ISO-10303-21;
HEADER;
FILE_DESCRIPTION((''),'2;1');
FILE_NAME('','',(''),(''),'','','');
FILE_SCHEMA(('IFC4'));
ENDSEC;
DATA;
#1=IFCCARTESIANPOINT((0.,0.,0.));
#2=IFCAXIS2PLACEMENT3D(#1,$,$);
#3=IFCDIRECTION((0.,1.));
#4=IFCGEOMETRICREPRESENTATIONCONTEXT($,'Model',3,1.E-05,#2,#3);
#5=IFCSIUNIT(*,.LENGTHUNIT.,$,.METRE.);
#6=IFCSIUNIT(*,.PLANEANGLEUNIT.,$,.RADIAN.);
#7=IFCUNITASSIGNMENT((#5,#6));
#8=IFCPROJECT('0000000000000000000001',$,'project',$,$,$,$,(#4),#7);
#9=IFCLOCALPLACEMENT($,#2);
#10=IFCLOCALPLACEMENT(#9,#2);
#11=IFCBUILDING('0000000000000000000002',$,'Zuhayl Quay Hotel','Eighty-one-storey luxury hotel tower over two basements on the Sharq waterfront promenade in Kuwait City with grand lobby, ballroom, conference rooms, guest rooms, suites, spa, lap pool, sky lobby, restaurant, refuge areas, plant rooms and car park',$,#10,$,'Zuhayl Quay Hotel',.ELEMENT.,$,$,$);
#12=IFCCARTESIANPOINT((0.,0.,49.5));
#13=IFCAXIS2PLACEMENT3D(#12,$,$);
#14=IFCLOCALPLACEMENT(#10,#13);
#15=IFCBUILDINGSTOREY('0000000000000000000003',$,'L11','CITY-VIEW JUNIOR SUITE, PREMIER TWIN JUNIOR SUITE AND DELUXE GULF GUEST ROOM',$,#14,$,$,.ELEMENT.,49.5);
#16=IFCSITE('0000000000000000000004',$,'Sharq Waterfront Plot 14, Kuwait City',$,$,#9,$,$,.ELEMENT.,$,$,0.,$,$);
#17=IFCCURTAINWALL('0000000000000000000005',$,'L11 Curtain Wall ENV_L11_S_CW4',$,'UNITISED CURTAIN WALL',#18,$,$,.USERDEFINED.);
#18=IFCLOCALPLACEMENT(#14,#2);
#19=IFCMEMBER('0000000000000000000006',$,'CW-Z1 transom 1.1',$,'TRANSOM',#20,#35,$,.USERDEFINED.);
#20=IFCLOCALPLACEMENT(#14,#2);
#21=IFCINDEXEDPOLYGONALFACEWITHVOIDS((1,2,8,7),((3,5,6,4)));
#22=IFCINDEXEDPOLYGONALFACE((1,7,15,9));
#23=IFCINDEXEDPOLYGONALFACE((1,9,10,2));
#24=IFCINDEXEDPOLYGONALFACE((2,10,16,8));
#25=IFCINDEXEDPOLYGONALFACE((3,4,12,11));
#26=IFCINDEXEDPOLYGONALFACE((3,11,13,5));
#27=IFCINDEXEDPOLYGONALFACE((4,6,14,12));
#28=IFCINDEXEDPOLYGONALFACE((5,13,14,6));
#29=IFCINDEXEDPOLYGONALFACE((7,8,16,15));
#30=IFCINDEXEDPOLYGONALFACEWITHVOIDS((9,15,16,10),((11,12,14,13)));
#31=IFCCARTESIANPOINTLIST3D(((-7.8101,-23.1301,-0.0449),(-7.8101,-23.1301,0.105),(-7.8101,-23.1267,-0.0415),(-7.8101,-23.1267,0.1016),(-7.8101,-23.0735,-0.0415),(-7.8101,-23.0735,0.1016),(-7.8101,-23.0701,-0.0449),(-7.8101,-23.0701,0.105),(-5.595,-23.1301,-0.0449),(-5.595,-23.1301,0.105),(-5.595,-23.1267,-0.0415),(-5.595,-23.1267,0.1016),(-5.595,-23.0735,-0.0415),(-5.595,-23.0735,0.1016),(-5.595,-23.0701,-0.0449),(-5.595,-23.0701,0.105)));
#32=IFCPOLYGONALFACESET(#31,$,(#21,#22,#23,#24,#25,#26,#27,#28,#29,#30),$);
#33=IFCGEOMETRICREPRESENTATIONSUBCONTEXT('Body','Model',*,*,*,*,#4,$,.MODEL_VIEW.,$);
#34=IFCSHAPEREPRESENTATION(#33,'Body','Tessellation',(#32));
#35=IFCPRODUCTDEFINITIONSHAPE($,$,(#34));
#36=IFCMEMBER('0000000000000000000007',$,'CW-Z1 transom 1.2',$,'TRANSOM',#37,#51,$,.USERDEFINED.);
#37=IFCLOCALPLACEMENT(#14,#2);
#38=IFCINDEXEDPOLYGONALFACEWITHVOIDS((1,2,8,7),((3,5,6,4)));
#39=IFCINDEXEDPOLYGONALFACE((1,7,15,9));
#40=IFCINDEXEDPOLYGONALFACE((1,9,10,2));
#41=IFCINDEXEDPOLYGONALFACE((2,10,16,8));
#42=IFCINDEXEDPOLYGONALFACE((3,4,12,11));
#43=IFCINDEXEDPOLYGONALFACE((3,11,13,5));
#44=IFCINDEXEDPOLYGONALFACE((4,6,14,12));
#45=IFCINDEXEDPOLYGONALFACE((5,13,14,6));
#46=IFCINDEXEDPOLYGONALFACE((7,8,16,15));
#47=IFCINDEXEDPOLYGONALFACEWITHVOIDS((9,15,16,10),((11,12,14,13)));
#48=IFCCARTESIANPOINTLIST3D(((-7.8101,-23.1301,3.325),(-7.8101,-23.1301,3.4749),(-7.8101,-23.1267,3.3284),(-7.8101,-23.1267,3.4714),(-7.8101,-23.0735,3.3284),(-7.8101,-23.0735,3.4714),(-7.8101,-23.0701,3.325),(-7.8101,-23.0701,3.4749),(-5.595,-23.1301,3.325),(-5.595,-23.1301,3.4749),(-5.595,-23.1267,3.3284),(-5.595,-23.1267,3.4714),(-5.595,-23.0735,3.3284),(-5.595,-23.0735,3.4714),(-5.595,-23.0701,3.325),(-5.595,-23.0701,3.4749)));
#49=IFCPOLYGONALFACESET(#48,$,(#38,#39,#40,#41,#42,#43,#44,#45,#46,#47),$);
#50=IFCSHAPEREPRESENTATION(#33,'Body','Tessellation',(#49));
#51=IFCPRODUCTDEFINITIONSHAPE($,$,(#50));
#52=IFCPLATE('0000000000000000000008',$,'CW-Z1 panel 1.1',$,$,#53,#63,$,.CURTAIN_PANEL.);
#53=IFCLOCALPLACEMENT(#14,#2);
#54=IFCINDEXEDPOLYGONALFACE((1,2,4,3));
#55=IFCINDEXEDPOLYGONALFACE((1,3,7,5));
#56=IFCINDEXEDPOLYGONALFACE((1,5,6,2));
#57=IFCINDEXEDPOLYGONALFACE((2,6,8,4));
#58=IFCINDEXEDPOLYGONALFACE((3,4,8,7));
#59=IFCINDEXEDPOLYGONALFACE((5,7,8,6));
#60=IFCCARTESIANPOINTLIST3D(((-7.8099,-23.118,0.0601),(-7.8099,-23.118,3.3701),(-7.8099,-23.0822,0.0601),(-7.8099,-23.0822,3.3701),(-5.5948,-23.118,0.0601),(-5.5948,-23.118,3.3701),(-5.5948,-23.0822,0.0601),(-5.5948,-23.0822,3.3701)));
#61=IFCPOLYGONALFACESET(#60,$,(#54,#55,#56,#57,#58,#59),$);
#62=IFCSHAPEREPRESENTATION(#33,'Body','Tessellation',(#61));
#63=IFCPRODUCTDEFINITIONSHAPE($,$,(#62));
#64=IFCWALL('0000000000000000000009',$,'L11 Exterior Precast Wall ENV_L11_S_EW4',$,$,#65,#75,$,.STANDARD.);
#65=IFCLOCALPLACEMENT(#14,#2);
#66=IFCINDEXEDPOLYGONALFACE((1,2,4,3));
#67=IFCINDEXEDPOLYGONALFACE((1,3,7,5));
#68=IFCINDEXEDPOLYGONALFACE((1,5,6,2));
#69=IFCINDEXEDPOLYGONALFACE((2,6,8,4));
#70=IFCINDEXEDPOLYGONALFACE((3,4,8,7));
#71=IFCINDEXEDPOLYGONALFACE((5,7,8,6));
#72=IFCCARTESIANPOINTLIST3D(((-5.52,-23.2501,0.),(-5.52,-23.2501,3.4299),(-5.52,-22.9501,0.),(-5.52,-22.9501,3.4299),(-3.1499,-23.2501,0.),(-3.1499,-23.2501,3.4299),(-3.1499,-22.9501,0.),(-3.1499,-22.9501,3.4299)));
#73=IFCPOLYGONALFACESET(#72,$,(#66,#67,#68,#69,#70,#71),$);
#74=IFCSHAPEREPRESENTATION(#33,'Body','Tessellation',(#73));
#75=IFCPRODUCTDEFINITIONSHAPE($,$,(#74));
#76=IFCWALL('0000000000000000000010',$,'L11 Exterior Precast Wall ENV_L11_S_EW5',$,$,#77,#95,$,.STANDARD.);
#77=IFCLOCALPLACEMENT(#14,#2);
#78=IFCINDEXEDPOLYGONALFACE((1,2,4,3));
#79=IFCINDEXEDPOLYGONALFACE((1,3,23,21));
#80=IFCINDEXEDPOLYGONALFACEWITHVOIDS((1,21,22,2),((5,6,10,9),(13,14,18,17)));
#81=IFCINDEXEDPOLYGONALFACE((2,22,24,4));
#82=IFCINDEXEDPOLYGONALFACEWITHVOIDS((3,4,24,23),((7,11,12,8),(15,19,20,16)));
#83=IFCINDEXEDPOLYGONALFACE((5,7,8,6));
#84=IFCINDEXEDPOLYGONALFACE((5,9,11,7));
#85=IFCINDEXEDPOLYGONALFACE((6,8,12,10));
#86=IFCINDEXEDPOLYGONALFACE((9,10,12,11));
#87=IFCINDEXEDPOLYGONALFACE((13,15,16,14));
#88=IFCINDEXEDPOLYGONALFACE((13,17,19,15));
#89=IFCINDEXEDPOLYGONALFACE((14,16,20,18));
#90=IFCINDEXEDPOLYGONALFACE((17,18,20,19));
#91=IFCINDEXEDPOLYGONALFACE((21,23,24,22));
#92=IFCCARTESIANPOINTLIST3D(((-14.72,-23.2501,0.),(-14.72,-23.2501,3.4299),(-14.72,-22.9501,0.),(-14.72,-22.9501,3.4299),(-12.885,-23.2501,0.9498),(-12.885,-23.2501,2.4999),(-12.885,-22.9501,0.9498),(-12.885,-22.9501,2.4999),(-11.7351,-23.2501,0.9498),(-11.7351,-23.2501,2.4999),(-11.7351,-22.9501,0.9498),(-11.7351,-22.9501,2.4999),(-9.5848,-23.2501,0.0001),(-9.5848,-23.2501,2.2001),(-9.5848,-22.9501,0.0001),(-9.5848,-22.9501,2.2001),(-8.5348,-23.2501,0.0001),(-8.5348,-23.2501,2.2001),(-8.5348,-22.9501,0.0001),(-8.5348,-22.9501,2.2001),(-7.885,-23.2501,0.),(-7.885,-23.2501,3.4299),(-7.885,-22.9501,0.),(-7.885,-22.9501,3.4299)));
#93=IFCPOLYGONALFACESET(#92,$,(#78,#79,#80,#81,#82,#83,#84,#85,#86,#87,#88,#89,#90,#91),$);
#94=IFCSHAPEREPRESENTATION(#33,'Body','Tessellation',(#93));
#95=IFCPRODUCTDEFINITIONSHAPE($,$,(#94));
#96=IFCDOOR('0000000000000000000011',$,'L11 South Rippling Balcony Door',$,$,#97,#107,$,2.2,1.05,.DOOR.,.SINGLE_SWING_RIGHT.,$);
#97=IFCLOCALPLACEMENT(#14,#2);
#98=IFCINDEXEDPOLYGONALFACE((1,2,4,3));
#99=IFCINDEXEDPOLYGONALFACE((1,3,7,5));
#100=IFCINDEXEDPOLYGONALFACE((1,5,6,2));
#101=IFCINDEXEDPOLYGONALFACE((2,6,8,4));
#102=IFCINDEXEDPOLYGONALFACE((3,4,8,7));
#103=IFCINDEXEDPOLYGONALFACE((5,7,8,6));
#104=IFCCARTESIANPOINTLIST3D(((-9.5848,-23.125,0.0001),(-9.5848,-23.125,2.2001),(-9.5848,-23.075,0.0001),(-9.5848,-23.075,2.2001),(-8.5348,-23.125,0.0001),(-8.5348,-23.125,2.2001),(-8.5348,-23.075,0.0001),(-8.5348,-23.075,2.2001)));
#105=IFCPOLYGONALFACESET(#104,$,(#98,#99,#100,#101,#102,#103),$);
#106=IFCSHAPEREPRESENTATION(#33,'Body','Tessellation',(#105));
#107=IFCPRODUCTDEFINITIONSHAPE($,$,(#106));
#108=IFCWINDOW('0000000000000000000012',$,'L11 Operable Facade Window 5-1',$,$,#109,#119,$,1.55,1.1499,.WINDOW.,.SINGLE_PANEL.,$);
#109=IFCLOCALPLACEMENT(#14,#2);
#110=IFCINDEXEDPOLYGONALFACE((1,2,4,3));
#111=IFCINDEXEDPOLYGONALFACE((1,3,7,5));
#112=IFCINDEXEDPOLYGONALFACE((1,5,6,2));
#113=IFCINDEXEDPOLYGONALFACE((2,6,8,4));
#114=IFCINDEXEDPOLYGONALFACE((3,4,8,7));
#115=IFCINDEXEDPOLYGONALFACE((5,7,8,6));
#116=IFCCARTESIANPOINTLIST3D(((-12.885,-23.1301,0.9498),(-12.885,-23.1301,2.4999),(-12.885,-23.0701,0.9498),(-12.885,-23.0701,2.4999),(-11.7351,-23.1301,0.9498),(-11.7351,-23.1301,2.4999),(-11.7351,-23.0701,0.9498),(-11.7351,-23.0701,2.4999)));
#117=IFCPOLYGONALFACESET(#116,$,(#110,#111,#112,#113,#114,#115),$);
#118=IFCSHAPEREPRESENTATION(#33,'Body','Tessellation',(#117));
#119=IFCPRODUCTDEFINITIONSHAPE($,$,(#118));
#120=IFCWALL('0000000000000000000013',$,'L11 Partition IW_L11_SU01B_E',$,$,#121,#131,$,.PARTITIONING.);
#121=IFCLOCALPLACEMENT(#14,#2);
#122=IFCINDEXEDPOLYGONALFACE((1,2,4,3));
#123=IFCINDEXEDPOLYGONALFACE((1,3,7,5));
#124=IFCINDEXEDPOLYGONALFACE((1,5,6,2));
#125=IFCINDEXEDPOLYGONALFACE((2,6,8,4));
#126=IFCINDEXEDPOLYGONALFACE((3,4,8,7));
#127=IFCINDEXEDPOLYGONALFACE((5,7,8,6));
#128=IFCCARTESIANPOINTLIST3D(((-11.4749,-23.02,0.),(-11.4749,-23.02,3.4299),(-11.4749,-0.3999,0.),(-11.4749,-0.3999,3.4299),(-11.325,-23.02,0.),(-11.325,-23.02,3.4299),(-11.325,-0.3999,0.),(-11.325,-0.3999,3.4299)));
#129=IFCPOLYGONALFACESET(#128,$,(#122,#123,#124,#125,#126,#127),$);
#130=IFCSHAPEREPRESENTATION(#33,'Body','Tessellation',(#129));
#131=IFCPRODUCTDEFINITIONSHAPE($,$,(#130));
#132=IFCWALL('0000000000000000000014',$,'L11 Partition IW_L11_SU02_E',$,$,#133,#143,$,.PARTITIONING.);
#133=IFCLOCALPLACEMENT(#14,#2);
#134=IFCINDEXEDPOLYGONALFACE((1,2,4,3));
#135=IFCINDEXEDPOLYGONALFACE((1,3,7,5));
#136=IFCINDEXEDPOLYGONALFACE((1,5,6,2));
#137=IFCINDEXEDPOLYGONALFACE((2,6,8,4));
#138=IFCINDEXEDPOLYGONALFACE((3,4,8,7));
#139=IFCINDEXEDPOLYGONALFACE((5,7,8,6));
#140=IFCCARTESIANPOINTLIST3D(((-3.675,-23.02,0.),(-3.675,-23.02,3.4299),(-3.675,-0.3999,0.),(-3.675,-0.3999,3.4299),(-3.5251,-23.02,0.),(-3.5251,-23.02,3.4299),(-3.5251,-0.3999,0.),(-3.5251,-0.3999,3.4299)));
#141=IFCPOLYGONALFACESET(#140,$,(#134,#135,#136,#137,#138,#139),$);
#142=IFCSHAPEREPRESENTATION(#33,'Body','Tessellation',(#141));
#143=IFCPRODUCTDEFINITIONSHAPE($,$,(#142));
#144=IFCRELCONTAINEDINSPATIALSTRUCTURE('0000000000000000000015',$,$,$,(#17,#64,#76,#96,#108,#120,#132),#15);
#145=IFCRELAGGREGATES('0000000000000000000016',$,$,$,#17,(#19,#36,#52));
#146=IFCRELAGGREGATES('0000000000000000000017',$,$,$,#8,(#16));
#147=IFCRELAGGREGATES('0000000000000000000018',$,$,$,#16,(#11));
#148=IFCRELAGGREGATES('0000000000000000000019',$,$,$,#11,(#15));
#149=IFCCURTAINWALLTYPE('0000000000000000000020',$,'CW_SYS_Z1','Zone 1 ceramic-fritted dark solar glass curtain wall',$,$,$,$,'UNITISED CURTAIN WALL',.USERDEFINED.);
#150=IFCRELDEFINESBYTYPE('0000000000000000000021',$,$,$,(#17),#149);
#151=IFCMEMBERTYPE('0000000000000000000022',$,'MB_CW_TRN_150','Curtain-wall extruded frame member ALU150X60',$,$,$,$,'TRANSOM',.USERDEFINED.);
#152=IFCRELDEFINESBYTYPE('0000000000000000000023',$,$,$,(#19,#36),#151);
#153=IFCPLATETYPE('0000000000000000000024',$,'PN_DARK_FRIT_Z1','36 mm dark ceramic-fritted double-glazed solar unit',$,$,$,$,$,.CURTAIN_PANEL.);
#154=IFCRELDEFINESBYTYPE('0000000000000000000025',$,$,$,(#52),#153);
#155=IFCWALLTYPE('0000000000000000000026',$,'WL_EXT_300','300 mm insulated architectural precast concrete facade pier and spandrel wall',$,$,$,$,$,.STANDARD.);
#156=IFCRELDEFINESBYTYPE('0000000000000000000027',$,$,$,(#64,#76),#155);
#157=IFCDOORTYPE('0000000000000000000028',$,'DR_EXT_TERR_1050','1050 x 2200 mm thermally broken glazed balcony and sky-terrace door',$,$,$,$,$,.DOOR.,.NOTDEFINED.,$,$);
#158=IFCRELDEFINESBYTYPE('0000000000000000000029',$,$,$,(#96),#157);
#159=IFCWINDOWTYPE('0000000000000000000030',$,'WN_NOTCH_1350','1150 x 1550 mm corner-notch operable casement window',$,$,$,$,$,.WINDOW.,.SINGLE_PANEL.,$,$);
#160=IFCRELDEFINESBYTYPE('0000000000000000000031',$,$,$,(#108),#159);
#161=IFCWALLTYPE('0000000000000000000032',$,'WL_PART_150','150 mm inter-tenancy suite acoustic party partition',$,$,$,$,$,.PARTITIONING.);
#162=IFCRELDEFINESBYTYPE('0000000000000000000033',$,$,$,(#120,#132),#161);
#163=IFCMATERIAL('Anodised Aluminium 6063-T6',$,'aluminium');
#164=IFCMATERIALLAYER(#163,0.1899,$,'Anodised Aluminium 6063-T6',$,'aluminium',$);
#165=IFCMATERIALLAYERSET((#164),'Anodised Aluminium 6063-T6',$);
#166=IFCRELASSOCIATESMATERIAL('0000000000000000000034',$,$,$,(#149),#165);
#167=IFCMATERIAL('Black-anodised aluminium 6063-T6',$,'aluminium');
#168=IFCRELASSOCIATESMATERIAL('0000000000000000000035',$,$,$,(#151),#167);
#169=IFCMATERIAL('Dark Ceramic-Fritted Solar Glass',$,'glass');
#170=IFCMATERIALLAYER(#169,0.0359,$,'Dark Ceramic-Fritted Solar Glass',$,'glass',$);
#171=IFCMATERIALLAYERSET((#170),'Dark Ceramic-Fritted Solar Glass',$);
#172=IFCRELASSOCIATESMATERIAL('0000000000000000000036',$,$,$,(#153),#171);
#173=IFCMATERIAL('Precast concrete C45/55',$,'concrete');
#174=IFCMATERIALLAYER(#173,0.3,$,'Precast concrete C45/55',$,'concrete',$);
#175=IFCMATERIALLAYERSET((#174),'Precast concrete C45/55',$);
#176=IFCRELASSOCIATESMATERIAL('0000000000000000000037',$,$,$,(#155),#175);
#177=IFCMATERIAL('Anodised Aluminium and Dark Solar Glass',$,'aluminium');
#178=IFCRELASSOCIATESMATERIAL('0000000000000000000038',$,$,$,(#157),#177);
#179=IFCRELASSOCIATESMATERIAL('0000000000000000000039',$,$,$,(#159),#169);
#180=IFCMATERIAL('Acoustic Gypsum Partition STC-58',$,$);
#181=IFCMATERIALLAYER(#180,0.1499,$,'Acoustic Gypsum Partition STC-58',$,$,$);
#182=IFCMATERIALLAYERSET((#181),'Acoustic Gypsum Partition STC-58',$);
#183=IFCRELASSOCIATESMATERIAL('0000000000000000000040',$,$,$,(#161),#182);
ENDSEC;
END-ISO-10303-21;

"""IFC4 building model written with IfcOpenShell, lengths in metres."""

from ifc_helpers import new_model, si_unit, direction, frame, frame_2d, origin, origin_2d, place, context, subcontext, project, spatial, rectangle, hollow_rectangle, extrude, material, layer, layer_set, material_profile, profile_set, type_object, element, fill, aggregate, save


model = new_model("IFC4")

# Units and contexts
model_context = context("Model", 3, precision=1e-05, world=origin(), true_north=direction((0.0, 1.0)))
body_context = subcontext(model_context, "Body", "Model", "MODEL_VIEW")
ifc_project = project(units=[si_unit("LENGTHUNIT", "METRE"), si_unit("PLANEANGLEUNIT", "RADIAN")], contexts=[model_context])

# Site, building, storey
site_placement = place(None, origin())
site = spatial("IfcSite", under=ifc_project, at=site_placement, Name="Sharq Waterfront Plot 14, Kuwait City", CompositionType="ELEMENT", RefElevation=0.0)
building_placement = place(site_placement, origin())
building = spatial("IfcBuilding", under=site, at=building_placement, Name="Zuhayl Quay Hotel", Description="Eighty-one-storey luxury hotel tower over two basements on the Sharq waterfront promenade in Kuwait City with grand lobby, ballroom, conference rooms, guest rooms, suites, spa, lap pool, sky lobby, restaurant, refuge areas, plant rooms and car park", LongName="Zuhayl Quay Hotel", CompositionType="ELEMENT")
storey_placement = place(building_placement, frame((0.0, 0.0, 49.5)))
storey = spatial("IfcBuildingStorey", under=building, at=storey_placement, Name="L11", Description="CITY-VIEW JUNIOR SUITE, PREMIER TWIN JUNIOR SUITE AND DELUXE GULF GUEST ROOM", CompositionType="ELEMENT", Elevation=49.5)

# Shared definitions
ifc_material_1 = material(Name="Anodised Aluminium 6063-T6", Category="aluminium")
ifc_layer_1 = layer(ifc_material_1, 0.1899, Name="Anodised Aluminium 6063-T6", Category="aluminium")
ifc_layer_set_1 = layer_set([ifc_layer_1], Name="Anodised Aluminium 6063-T6")
curtain_wall_type = type_object("IfcCurtainWallType", Name="CW_SYS_Z1", Description="Zone 1 ceramic-fritted dark solar glass curtain wall", ElementType="UNITISED CURTAIN WALL", PredefinedType="USERDEFINED", material=ifc_layer_set_1)
ifc_material_2 = material(Name="Black-anodised aluminium 6063-T6", Category="aluminium")

# Curtain wall, members, plate
curtain_wall_1_placement = place(storey_placement, origin())
curtain_wall_1 = element("IfcCurtainWall", 1, at=curtain_wall_1_placement, inside=storey, type_object=curtain_wall_type, Name="L11 Curtain Wall ENV_L11_S_CW4", ObjectType="UNITISED CURTAIN WALL", PredefinedType="USERDEFINED")
ifc_material_profile_1 = material_profile(ifc_material_2, hollow_rectangle(XDim=0.0601, YDim=0.1499, WallThickness=0.0034, at=origin_2d()), Name="ALU150X60")
ifc_profile_set_1 = profile_set([ifc_material_profile_1], Name="Black-anodised aluminium 6063-T6")
member_type_1 = type_object("IfcMemberType", Name="MB_CW_TRN_150", Description="Curtain-wall extruded frame member ALU150X60", ElementType="TRANSOM", PredefinedType="USERDEFINED", material=ifc_profile_set_1)
member_1_placement = place(storey_placement, frame((-5.595, -23.1001, 0.03), z_axis=(-1.0, 0.0, 0.0), x_axis=(0.0, -1.0, 0.0)))
member_1 = element("IfcMember", 2, at=member_1_placement, type_object=member_type_1, Name="CW-Z1 transom 1.1", ObjectType="TRANSOM", PredefinedType="USERDEFINED", context=body_context, shape_type="SweptSolid", body=[
    extrude(hollow_rectangle(XDim=0.0601, YDim=0.1499, WallThickness=0.0034, at=origin_2d()), origin(), (0.0, 0.0, 1.0), 2.2151),
])
member_2_placement = place(storey_placement, frame((-5.595, -23.1001, 3.3999), z_axis=(-1.0, 0.0, 0.0), x_axis=(0.0, -1.0, 0.0)))
member_2 = element("IfcMember", 3, at=member_2_placement, type_object=member_type_1, Name="CW-Z1 transom 1.2", ObjectType="TRANSOM", PredefinedType="USERDEFINED", context=body_context, shape_type="SweptSolid", body=[
    extrude(hollow_rectangle(XDim=0.0601, YDim=0.1499, WallThickness=0.0034, at=origin_2d()), origin(), (0.0, 0.0, 1.0), 2.2151),
])
ifc_material_3 = material(Name="Dark Ceramic-Fritted Solar Glass", Category="glass")
ifc_layer_2 = layer(ifc_material_3, 0.0359, Name="Dark Ceramic-Fritted Solar Glass", Category="glass")
ifc_layer_set_2 = layer_set([ifc_layer_2], Name="Dark Ceramic-Fritted Solar Glass")
plate_type = type_object("IfcPlateType", Name="PN_DARK_FRIT_Z1", Description="36 mm dark ceramic-fritted double-glazed solar unit", PredefinedType="CURTAIN_PANEL", material=ifc_layer_set_2)
plate_placement = place(storey_placement, frame((-6.7024, -23.1001, 0.0601), z_axis=(0.0, 0.0, 1.0), x_axis=(-1.0, 0.0, 0.0)))
plate = element("IfcPlate", 4, at=plate_placement, type_object=plate_type, Name="CW-Z1 panel 1.1", PredefinedType="CURTAIN_PANEL", context=body_context, shape_type="SweptSolid", body=[
    extrude(rectangle(XDim=2.2151, YDim=0.0359, at=origin_2d()), origin(), (0.0, 0.0, 1.0), 3.3101),
])
aggregate(curtain_wall_1, [member_1, member_2, plate])

# Wall
ifc_material_4 = material(Name="Precast concrete C45/55", Category="concrete")
ifc_layer_3 = layer(ifc_material_4, 0.3, Name="Precast concrete C45/55", Category="concrete")
ifc_layer_set_3 = layer_set([ifc_layer_3], Name="Precast concrete C45/55")
wall_type_1 = type_object("IfcWallType", Name="WL_EXT_300", Description="300 mm insulated architectural precast concrete facade pier and spandrel wall", PredefinedType="STANDARD", material=ifc_layer_set_3)
wall_1_placement = place(storey_placement, frame((-3.1499, -23.1001, 0.0), z_axis=(0.0, 0.0, 1.0), x_axis=(-1.0, 0.0, 0.0)))
element("IfcWall", 5, at=wall_1_placement, inside=storey, type_object=wall_type_1, Name="L11 Exterior Precast Wall ENV_L11_S_EW4", PredefinedType="STANDARD", context=body_context, shape_type="SweptSolid", body=[
    extrude(rectangle(XDim=2.3701, YDim=0.3, at=frame_2d((1.1851, 0.0))), origin(), (0.0, 0.0, 1.0), 3.4299),
])

# Wall, openings, door, window
wall_2_placement = place(storey_placement, frame((-7.885, -23.1001, 0.0), z_axis=(0.0, 0.0, 1.0), x_axis=(-1.0, 0.0, 0.0)))
wall_2 = element("IfcWall", 6, at=wall_2_placement, inside=storey, type_object=wall_type_1, Name="L11 Exterior Precast Wall ENV_L11_S_EW5", PredefinedType="STANDARD", context=body_context, shape_type="SweptSolid", body=[
    extrude(rectangle(XDim=6.835, YDim=0.3, at=frame_2d((3.4175, 0.0))), origin(), (0.0, 0.0, 1.0), 3.4299),
])
opening_1_placement = place(wall_2_placement, frame((0.6499, 0.0, 0.0)))
opening_1 = element("IfcOpeningElement", 7, at=opening_1_placement, cuts=wall_2, PredefinedType="OPENING", context=body_context, shape_type="SweptSolid", body=[
    extrude(rectangle(XDim=1.05, YDim=2.2, at=frame_2d((0.5249, 1.1001))), frame((0.0, 0.1599, 0.0), z_axis=(0.0, -1.0, 0.0), x_axis=(1.0, 0.0, 0.0)), (0.0, 0.0, 1.0), 0.3201),
])
opening_2_placement = place(wall_2_placement, frame((3.8501, 0.0, 0.95)))
opening_2 = element("IfcOpeningElement", 8, at=opening_2_placement, cuts=wall_2, PredefinedType="OPENING", context=body_context, shape_type="SweptSolid", body=[
    extrude(rectangle(XDim=1.1499, YDim=1.55, at=frame_2d((0.575, 0.7749))), frame((0.0, 0.1599, 0.0), z_axis=(0.0, -1.0, 0.0), x_axis=(1.0, 0.0, 0.0)), (0.0, 0.0, 1.0), 0.3201),
])
ifc_material_5 = material(Name="Anodised Aluminium and Dark Solar Glass", Category="aluminium")
door_type = type_object("IfcDoorType", Name="DR_EXT_TERR_1050", Description="1050 x 2200 mm thermally broken glazed balcony and sky-terrace door", OperationType="NOTDEFINED", PredefinedType="DOOR", material=ifc_material_5)
door_placement = place(opening_1_placement, origin())
door = element("IfcDoor", 9, at=door_placement, inside=storey, type_object=door_type, Name="L11 South Rippling Balcony Door", OperationType="SINGLE_SWING_RIGHT", OverallHeight=2.2, OverallWidth=1.05, PredefinedType="DOOR", context=body_context, shape_type="SweptSolid", body=[
    extrude(rectangle(XDim=1.05, YDim=2.2, at=frame_2d((0.5249, 1.1001))), frame((0.0, 0.0249, 0.0), z_axis=(0.0, -1.0, 0.0), x_axis=(1.0, 0.0, 0.0)), (0.0, 0.0, 1.0), 0.05),
])
fill(opening_1, door)
window_type = type_object("IfcWindowType", Name="WN_NOTCH_1350", Description="1150 x 1550 mm corner-notch operable casement window", PartitioningType="SINGLE_PANEL", PredefinedType="WINDOW", material=ifc_material_3)
window_placement = place(opening_2_placement, origin())
window = element("IfcWindow", 10, at=window_placement, inside=storey, type_object=window_type, Name="L11 Operable Facade Window 5-1", OverallHeight=1.55, OverallWidth=1.1499, PartitioningType="SINGLE_PANEL", PredefinedType="WINDOW", context=body_context, shape_type="SweptSolid", body=[
    extrude(rectangle(XDim=1.1499, YDim=1.55, at=frame_2d((0.575, 0.7749))), frame((0.0, 0.03, 0.0), z_axis=(0.0, -1.0, 0.0), x_axis=(1.0, 0.0, 0.0)), (0.0, 0.0, 1.0), 0.0601),
])
fill(opening_2, window)

# Walls
ifc_material_6 = material(Name="Acoustic Gypsum Partition STC-58")
ifc_layer_4 = layer(ifc_material_6, 0.1499, Name="Acoustic Gypsum Partition STC-58")
ifc_layer_set_4 = layer_set([ifc_layer_4], Name="Acoustic Gypsum Partition STC-58")
wall_type_2 = type_object("IfcWallType", Name="WL_PART_150", Description="150 mm inter-tenancy suite acoustic party partition", PredefinedType="PARTITIONING", material=ifc_layer_set_4)
for number, where, z_axis, x_axis, name in (
    (11, (-11.3999, -23.02, 0.0), (0.0, 0.0, 1.0), (0.0, 1.0, 0.0), "L11 Partition IW_L11_SU01B_E"),
    (12, (-3.6001, -23.02, 0.0), (0.0, 0.0, 1.0), (0.0, 1.0, 0.0), "L11 Partition IW_L11_SU02_E"),
):
    element("IfcWall", number, at=place(storey_placement, frame(where, z_axis=z_axis, x_axis=x_axis)), inside=storey, type_object=wall_type_2, Name=name, PredefinedType="PARTITIONING", context=body_context, shape_type="SweptSolid", body=[
        extrude(rectangle(XDim=22.6201, YDim=0.1499, at=frame_2d((11.3101, 0.0))), origin(), (0.0, 0.0, 1.0), 3.4299),
    ])

save(model, "model.ifc")
